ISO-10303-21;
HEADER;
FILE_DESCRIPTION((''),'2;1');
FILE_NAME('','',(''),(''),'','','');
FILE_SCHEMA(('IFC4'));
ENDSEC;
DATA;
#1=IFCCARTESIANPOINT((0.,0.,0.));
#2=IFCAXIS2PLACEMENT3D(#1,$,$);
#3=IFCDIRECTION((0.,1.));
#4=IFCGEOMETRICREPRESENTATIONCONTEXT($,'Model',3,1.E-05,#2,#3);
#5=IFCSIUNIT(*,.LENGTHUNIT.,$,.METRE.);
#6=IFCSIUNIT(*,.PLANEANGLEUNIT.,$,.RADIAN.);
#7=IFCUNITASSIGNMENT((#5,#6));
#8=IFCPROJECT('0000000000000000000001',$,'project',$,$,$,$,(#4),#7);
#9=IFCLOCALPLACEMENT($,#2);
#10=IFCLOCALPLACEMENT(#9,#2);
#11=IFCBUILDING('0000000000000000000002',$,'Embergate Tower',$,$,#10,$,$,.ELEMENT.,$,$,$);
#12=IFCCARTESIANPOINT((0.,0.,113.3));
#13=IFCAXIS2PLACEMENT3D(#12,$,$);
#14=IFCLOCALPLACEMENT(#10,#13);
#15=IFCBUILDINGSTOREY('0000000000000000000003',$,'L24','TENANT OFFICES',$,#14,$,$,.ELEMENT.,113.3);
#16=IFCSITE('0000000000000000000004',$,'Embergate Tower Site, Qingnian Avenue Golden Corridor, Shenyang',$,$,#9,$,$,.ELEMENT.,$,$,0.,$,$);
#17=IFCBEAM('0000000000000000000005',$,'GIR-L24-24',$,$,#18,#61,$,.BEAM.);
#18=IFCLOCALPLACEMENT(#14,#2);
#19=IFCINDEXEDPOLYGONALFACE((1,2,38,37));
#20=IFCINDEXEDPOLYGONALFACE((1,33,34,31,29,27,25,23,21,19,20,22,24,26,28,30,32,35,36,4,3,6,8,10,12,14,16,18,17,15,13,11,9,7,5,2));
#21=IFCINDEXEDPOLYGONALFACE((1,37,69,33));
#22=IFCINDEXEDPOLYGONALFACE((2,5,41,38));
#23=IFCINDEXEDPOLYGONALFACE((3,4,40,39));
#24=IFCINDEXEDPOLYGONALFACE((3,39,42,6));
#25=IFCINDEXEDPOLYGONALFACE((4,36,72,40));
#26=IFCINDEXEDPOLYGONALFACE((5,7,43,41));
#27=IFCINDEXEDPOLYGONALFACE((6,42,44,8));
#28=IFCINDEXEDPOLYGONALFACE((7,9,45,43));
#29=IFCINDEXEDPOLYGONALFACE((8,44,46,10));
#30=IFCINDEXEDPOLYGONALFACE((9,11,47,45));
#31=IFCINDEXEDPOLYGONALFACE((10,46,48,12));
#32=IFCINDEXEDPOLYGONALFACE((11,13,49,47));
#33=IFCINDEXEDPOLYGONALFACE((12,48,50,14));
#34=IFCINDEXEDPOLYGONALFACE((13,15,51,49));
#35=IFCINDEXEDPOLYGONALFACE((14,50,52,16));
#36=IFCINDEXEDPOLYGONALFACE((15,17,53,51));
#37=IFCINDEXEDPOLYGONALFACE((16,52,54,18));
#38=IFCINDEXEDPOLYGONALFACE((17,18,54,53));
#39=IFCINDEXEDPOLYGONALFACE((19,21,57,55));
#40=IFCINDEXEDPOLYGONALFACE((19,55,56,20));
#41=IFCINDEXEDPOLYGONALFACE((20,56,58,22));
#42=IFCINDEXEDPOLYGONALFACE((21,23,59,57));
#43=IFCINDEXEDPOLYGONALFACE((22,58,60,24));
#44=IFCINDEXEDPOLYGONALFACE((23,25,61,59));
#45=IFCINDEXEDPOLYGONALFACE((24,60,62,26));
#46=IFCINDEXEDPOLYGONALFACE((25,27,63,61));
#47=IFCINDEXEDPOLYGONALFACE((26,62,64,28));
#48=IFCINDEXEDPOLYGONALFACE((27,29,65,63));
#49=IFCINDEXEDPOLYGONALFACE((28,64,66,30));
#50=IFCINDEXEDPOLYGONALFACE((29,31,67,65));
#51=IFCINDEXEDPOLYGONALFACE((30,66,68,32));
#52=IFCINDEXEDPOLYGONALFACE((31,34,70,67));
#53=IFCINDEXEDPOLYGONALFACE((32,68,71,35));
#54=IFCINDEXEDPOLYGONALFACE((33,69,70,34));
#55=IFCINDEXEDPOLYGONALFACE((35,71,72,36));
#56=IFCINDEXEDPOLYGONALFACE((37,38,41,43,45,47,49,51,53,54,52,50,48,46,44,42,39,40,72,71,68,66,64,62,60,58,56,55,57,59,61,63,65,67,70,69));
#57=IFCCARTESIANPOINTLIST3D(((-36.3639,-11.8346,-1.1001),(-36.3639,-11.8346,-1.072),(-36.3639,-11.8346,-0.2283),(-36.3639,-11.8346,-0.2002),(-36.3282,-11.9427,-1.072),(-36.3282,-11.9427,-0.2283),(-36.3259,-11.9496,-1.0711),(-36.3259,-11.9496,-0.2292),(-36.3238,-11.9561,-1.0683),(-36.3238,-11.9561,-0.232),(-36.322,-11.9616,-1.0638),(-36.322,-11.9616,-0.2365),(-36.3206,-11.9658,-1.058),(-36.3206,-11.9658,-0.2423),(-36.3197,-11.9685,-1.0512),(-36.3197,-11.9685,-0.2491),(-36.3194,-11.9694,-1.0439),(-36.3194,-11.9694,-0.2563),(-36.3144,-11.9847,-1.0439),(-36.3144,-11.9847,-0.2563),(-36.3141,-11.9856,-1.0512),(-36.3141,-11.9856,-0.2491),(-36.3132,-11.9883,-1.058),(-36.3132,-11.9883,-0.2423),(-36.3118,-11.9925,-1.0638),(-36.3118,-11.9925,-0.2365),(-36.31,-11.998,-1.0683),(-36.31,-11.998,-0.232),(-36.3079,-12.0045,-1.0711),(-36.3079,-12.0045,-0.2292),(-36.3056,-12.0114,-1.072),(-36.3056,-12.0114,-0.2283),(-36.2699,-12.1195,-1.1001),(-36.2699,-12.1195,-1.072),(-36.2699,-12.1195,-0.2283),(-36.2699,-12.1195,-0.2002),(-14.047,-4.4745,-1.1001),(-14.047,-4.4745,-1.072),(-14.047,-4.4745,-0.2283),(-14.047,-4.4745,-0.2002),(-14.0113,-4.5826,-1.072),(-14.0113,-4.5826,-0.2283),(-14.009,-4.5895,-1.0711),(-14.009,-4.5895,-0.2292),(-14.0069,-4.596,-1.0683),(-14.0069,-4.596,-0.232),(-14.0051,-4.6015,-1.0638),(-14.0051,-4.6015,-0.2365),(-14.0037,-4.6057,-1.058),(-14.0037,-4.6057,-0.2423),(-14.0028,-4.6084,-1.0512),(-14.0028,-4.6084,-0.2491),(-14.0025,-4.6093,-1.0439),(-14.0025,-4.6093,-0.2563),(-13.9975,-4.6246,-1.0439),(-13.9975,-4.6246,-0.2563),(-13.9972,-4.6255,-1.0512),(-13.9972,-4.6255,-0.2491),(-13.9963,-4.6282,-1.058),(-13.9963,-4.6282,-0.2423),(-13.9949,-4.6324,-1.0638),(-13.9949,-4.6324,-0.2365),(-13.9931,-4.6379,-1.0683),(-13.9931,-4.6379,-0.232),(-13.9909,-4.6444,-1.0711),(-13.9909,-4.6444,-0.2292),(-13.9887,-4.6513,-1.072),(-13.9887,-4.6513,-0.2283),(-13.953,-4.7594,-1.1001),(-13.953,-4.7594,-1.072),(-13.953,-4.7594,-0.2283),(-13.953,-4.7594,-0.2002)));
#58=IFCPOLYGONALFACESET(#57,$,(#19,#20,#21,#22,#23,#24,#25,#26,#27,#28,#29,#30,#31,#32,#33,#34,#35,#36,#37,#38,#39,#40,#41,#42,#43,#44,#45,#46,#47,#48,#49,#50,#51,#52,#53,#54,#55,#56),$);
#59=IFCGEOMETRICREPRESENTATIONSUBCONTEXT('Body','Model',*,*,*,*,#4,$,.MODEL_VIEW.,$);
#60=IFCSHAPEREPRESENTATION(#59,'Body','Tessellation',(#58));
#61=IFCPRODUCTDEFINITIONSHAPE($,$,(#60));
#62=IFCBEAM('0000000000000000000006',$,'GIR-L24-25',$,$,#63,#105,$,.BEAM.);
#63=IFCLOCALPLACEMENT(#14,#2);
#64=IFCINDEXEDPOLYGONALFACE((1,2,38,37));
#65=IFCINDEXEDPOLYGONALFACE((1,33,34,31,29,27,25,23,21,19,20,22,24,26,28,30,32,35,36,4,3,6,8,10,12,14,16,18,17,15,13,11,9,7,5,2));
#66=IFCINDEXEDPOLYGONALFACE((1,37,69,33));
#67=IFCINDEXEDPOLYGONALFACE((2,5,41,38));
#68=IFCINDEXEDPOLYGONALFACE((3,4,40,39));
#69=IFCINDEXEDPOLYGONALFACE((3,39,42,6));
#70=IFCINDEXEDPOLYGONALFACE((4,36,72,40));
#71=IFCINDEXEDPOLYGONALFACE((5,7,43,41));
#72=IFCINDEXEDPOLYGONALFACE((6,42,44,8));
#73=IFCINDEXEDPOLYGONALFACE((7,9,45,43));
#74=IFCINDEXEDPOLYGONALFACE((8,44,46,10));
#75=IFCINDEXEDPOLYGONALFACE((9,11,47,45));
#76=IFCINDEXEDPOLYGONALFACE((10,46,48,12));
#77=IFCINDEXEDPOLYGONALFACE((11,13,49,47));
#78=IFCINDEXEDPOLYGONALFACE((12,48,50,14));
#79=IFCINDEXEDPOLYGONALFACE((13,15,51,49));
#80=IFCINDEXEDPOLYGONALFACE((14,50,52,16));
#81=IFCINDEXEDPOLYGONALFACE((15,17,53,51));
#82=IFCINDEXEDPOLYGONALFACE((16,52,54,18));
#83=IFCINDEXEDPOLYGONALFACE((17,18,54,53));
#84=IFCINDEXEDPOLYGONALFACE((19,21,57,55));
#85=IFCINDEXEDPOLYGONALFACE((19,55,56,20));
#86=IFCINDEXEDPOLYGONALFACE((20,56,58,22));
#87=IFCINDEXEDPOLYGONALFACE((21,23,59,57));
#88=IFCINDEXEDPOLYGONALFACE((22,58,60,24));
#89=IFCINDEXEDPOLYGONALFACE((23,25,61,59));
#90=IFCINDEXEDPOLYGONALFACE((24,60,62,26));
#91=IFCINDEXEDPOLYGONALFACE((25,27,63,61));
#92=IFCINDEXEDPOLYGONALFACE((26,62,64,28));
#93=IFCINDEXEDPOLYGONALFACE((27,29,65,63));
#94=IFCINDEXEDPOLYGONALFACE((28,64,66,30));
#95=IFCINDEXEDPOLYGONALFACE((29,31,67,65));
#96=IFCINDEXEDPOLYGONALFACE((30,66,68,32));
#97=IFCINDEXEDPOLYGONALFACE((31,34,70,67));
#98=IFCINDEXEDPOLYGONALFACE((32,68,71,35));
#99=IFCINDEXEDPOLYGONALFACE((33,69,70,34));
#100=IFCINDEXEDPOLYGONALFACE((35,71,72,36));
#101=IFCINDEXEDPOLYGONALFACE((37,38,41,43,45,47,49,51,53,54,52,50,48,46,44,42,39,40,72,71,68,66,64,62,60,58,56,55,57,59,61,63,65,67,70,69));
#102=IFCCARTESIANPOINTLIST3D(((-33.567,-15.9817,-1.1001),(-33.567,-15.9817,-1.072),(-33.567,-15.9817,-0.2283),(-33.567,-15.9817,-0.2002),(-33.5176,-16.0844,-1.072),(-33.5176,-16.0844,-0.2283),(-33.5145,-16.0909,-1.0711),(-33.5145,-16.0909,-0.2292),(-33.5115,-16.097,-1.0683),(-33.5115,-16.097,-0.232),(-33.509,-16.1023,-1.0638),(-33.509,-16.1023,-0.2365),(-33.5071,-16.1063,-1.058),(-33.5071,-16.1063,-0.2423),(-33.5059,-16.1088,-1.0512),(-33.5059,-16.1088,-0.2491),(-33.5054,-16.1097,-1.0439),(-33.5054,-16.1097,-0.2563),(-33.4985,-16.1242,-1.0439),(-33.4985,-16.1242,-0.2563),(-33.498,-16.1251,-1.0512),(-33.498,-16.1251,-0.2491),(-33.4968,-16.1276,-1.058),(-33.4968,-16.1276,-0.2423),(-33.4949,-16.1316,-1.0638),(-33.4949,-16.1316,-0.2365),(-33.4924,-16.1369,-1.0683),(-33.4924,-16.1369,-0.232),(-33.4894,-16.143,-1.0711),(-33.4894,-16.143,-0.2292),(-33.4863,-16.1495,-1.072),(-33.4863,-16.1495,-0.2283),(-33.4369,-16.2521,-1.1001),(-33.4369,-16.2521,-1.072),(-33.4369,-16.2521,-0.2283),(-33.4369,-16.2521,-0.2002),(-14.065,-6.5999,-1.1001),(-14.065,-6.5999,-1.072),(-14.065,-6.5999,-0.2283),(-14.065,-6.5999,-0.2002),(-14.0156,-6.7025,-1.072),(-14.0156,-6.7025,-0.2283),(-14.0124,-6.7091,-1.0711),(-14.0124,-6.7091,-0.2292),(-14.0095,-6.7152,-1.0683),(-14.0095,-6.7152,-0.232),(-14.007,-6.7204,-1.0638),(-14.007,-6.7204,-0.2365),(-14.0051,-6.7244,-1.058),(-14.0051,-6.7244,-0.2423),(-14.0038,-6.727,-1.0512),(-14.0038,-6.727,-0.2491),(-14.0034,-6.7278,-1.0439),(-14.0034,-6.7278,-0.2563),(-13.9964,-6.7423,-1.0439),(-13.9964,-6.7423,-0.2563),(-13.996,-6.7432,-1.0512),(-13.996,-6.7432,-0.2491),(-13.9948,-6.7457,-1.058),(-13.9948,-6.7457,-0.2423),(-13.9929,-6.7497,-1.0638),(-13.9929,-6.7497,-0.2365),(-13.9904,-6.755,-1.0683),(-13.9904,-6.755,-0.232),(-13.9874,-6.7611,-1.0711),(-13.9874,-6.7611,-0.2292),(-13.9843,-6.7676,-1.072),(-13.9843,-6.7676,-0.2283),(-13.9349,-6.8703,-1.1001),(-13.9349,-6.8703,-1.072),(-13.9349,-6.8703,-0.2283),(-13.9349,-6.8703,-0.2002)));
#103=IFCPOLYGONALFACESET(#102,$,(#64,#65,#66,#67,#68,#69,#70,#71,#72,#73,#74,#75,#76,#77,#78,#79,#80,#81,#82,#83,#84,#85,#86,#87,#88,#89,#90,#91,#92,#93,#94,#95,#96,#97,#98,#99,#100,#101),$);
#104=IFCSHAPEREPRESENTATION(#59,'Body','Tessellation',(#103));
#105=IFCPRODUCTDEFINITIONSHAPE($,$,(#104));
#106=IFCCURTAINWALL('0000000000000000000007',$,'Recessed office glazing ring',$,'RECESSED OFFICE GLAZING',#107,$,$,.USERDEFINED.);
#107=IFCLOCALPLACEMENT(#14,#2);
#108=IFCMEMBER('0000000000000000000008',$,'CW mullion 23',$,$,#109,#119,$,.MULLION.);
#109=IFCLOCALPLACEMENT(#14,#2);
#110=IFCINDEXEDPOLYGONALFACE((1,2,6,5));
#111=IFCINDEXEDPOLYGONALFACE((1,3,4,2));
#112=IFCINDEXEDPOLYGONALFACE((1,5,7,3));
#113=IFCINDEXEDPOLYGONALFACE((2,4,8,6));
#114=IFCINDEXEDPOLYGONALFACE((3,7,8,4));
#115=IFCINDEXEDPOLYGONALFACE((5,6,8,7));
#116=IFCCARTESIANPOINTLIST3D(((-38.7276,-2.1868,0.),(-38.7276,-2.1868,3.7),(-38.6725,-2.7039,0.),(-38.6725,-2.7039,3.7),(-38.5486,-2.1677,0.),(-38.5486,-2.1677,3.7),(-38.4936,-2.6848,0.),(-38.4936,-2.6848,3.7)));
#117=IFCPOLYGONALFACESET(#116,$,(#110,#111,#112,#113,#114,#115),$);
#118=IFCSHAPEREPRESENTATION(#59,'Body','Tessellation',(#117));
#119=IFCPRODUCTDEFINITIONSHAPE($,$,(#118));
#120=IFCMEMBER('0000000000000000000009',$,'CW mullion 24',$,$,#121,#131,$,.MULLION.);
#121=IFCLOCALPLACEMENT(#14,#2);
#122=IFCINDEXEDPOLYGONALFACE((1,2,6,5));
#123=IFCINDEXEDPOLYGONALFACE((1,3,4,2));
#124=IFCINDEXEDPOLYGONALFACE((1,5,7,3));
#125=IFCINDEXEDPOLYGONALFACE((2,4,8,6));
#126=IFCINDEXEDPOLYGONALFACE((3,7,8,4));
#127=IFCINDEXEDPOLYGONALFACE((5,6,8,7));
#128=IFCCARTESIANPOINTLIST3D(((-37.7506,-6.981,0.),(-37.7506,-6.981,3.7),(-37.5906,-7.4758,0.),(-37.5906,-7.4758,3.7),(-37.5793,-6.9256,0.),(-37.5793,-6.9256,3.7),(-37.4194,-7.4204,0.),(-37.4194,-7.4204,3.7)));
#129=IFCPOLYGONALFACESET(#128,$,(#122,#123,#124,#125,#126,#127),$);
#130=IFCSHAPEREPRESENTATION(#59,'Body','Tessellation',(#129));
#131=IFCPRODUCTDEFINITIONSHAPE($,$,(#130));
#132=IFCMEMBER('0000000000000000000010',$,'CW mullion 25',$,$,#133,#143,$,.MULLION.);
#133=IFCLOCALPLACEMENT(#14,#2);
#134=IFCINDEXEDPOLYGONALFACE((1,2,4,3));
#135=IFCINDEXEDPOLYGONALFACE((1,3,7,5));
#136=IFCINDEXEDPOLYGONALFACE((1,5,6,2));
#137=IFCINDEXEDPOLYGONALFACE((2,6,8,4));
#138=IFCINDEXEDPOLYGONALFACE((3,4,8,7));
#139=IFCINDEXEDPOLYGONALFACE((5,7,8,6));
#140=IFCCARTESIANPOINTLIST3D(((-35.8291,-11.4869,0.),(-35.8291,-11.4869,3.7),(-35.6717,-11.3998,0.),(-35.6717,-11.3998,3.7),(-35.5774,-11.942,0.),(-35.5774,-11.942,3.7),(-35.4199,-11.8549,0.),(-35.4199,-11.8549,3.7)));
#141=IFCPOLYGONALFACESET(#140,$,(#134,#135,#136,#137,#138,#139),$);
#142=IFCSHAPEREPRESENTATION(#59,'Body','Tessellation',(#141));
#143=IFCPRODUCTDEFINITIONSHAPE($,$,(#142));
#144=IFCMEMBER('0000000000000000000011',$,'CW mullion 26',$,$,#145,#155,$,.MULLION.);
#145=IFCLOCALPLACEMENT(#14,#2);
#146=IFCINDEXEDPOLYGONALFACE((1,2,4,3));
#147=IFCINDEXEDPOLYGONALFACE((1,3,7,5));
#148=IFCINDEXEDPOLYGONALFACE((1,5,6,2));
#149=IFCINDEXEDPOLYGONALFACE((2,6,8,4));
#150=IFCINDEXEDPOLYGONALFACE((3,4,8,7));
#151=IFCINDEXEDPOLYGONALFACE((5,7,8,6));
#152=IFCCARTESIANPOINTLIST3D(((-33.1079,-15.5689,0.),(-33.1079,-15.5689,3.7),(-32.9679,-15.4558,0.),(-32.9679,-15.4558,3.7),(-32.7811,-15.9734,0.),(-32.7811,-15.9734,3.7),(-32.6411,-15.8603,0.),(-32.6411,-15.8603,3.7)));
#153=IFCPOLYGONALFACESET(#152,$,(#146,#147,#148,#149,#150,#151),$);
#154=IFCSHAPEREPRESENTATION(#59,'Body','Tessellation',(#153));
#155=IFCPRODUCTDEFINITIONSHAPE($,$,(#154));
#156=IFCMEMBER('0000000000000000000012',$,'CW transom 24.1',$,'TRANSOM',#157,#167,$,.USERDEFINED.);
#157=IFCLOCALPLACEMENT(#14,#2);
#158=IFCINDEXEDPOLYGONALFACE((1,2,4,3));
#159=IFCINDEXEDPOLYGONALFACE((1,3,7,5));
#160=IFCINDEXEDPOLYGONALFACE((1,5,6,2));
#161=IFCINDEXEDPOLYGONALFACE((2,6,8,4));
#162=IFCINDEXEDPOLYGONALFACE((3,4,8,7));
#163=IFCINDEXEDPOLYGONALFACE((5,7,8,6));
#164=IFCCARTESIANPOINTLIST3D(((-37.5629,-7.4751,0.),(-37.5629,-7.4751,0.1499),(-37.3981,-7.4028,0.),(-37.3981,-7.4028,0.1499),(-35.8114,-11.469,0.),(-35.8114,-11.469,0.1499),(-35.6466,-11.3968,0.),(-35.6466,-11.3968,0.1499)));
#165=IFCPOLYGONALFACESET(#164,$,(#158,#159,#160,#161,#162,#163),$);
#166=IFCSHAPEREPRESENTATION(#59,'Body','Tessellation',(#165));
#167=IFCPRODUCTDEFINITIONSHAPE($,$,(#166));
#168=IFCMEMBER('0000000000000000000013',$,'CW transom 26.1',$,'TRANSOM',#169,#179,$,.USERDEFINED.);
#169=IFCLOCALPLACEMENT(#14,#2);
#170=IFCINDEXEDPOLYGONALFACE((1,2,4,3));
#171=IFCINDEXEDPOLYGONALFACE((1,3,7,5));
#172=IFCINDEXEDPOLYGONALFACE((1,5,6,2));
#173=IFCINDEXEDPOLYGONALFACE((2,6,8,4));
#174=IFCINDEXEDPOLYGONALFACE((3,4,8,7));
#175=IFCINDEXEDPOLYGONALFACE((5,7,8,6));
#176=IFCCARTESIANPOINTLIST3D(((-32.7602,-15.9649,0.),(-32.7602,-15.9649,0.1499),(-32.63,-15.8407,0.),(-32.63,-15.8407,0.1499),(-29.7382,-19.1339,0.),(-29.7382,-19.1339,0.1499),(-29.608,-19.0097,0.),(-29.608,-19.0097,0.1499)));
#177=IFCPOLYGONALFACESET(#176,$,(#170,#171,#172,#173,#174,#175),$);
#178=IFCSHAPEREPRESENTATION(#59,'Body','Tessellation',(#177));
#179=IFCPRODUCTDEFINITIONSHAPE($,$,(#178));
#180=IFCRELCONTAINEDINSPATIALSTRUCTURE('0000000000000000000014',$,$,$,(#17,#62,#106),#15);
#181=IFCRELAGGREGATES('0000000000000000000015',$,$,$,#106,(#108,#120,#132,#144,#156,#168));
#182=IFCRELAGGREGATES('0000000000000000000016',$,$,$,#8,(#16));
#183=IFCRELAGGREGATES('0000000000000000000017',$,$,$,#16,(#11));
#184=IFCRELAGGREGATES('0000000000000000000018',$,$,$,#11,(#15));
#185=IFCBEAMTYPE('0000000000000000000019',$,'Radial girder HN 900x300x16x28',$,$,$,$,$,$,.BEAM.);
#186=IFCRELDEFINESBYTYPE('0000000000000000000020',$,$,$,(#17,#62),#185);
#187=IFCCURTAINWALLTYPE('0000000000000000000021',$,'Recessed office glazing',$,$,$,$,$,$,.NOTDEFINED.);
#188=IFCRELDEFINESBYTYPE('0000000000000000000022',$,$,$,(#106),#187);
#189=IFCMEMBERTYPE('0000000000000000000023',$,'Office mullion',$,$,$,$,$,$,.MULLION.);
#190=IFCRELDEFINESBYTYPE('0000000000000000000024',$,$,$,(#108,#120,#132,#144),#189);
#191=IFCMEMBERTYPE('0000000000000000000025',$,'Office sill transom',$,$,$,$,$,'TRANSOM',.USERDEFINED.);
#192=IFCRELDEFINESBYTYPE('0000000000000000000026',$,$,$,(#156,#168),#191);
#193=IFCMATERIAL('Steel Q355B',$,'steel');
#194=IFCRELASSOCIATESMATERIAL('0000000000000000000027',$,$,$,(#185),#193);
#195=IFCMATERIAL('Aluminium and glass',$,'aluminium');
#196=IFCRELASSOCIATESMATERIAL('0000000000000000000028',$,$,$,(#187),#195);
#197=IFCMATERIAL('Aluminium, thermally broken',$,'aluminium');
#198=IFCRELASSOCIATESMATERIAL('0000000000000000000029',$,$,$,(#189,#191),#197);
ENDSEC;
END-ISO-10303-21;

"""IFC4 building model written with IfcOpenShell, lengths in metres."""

from ifc_helpers import new_model, si_unit, direction, frame, origin, origin_2d, place, context, subcontext, project, spatial, rectangle, i_section, extrude, source, transform, mapped, material, material_profile, profile_set, type_object, element, aggregate, save


model = new_model("IFC4")

# Units and contexts
model_context = context("Model", 3, precision=1e-05, world=origin(), true_north=direction((0.0, 1.0)))
body_context = subcontext(model_context, "Body", "Model", "MODEL_VIEW")
ifc_project = project(units=[si_unit("LENGTHUNIT", "METRE"), si_unit("PLANEANGLEUNIT", "RADIAN")], contexts=[model_context])

# Site, building, storey
site_placement = place(None, origin())
site = spatial("IfcSite", under=ifc_project, at=site_placement, Name="Embergate Tower Site, Qingnian Avenue Golden Corridor, Shenyang", CompositionType="ELEMENT", RefElevation=0.0)
building_placement = place(site_placement, origin())
building = spatial("IfcBuilding", under=site, at=building_placement, Name="Embergate Tower", CompositionType="ELEMENT")
storey_placement = place(building_placement, frame((0.0, 0.0, 113.3)))
storey = spatial("IfcBuildingStorey", under=building, at=storey_placement, Name="L24", Description="TENANT OFFICES", CompositionType="ELEMENT", Elevation=113.3)

# Beams
ifc_material_1 = material(Name="Steel Q355B", Category="steel")
ifc_material_profile_1 = material_profile(ifc_material_1, i_section(OverallWidth=0.3, OverallDepth=0.8999, WebThickness=0.0161, FlangeThickness=0.0281, FilletRadius=0.0281, at=origin_2d()), Name="HN 900x300x16x28")
ifc_profile_set_1 = profile_set([ifc_material_profile_1], Name="Steel Q355 grade B")
beam_type_1 = type_object("IfcBeamType", Name="Radial girder HN 900x300x16x28", PredefinedType="BEAM", material=ifc_profile_set_1)
shared_shape_1 = source(origin(), body_context, "Body", "SweptSolid", [
    extrude(i_section(OverallWidth=0.3, OverallDepth=0.8999, WebThickness=0.0161, FlangeThickness=0.0281, FilletRadius=0.0281, at=origin_2d()), origin(), (0.0, 0.0, 1.0), 23.4993),
])
beam_1_placement = place(storey_placement, frame((-36.3169, -11.9771, -0.6501), z_axis=(0.949685, 0.313206, 0.0), x_axis=(-0.313206, 0.949685, 0.0)))
element("IfcBeam", 1, at=beam_1_placement, inside=storey, type_object=beam_type_1, Name="GIR-L24-24", PredefinedType="BEAM", context=body_context, shape_type="MappedRepresentation", body=[
    mapped(shared_shape_1, transform((0.0, 0.0, 0.0))),
])
shared_shape_2 = source(origin(), body_context, "Body", "SweptSolid", [
    extrude(i_section(OverallWidth=0.3, OverallDepth=0.8999, WebThickness=0.0161, FlangeThickness=0.0281, FilletRadius=0.0281, at=origin_2d()), origin(), (0.0, 0.0, 1.0), 21.6414),
])
beam_2_placement = place(storey_placement, frame((-33.502, -16.1169, -0.6501), z_axis=(0.901146, 0.433516, 0.0), x_axis=(-0.433516, 0.901146, 0.0)))
element("IfcBeam", 2, at=beam_2_placement, inside=storey, type_object=beam_type_1, Name="GIR-L24-25", PredefinedType="BEAM", context=body_context, shape_type="MappedRepresentation", body=[
    mapped(shared_shape_2, transform((0.0, 0.0, 0.0))),
])

# Curtain wall, members
ifc_material_2 = material(Name="Aluminium and glass", Category="aluminium")
curtain_wall_type = type_object("IfcCurtainWallType", Name="Recessed office glazing", PredefinedType="NOTDEFINED", material=ifc_material_2)
curtain_wall_placement = place(storey_placement, origin())
curtain_wall = element("IfcCurtainWall", 3, at=curtain_wall_placement, inside=storey, type_object=curtain_wall_type, Name="Recessed office glazing ring", ObjectType="RECESSED OFFICE GLAZING", PredefinedType="USERDEFINED")
ifc_material_3 = material(Name="Aluminium, thermally broken", Category="aluminium")
ifc_material_profile_2 = material_profile(ifc_material_3, rectangle(XDim=0.1799, YDim=0.52, at=origin_2d()), Name="AL 520x180")
ifc_profile_set_2 = profile_set([ifc_material_profile_2], Name="Aluminium, thermally broken")
member_type_1 = type_object("IfcMemberType", Name="Office mullion", PredefinedType="MULLION", material=ifc_profile_set_2)
shared_shape_3 = source(origin(), body_context, "Body", "SweptSolid", [
    extrude(rectangle(XDim=0.1799, YDim=0.52, at=origin_2d()), origin(), (0.0, 0.0, 1.0), 3.7),
])
member_1_placement = place(storey_placement, frame((-38.6106, -2.4358, 0.0), z_axis=(0.0, 0.0, 1.0), x_axis=(0.994385, 0.10582, 0.0)))
member_1 = element("IfcMember", 4, at=member_1_placement, type_object=member_type_1, Name="CW mullion 23", PredefinedType="MULLION", context=body_context, shape_type="MappedRepresentation", body=[
    mapped(shared_shape_3, transform((0.0, 0.0, 0.0))),
])
member_2_placement = place(storey_placement, frame((-37.585, -7.2007, 0.0), z_axis=(0.0, 0.0, 1.0), x_axis=(0.9515, 0.307647, 0.0)))
member_2 = element("IfcMember", 5, at=member_2_placement, type_object=member_type_1, Name="CW mullion 24", PredefinedType="MULLION", context=body_context, shape_type="MappedRepresentation", body=[
    mapped(shared_shape_3, transform((0.0, 0.0, 0.0))),
])
member_3_placement = place(storey_placement, frame((-35.6245, -11.6709, 0.0), z_axis=(0.0, 0.0, 1.0), x_axis=(0.875007, 0.48411, 0.0)))
member_3 = element("IfcMember", 6, at=member_3_placement, type_object=member_type_1, Name="CW mullion 25", PredefinedType="MULLION", context=body_context, shape_type="MappedRepresentation", body=[
    mapped(shared_shape_3, transform((0.0, 0.0, 0.0))),
])
member_4_placement = place(storey_placement, frame((-32.8745, -15.7146, 0.0), z_axis=(0.0, 0.0, 1.0), x_axis=(0.777879, 0.628414, 0.0)))
member_4 = element("IfcMember", 7, at=member_4_placement, type_object=member_type_1, Name="CW mullion 26", PredefinedType="MULLION", context=body_context, shape_type="MappedRepresentation", body=[
    mapped(shared_shape_3, transform((0.0, 0.0, 0.0))),
])
ifc_material_profile_3 = material_profile(ifc_material_3, rectangle(XDim=0.1799, YDim=0.1499, at=origin_2d()), Name="AL 150x180")
ifc_profile_set_3 = profile_set([ifc_material_profile_3], Name="Aluminium, thermally broken")
member_type_2 = type_object("IfcMemberType", Name="Office sill transom", ElementType="TRANSOM", PredefinedType="USERDEFINED", material=ifc_profile_set_3)
shared_shape_4 = source(origin(), body_context, "Body", "SweptSolid", [
    extrude(rectangle(XDim=0.1799, YDim=0.1499, at=origin_2d()), origin(), (0.0, 0.0, 1.0), 4.3611),
])
member_5_placement = place(storey_placement, frame((-37.4805, -7.439, 0.075), z_axis=(0.401615, -0.915809, 0.0), x_axis=(0.915809, 0.401615, 0.0)))
member_5 = element("IfcMember", 8, at=member_5_placement, type_object=member_type_2, Name="CW transom 24.1", ObjectType="TRANSOM", PredefinedType="USERDEFINED", context=body_context, shape_type="MappedRepresentation", body=[
    mapped(shared_shape_4, transform((0.0, 0.0, 0.0))),
])
shared_shape_5 = source(origin(), body_context, "Body", "SweptSolid", [
    extrude(rectangle(XDim=0.1799, YDim=0.1499, at=origin_2d()), origin(), (0.0, 0.0, 1.0), 4.3789),
])
member_6_placement = place(storey_placement, frame((-32.6951, -15.9028, 0.075), z_axis=(0.690126, -0.72369, 0.0), x_axis=(0.72369, 0.690126, 0.0)))
member_6 = element("IfcMember", 9, at=member_6_placement, type_object=member_type_2, Name="CW transom 26.1", ObjectType="TRANSOM", PredefinedType="USERDEFINED", context=body_context, shape_type="MappedRepresentation", body=[
    mapped(shared_shape_5, transform((0.0, 0.0, 0.0))),
])
aggregate(curtain_wall, [member_1, member_2, member_3, member_4, member_5, member_6])

save(model, "model.ifc")
